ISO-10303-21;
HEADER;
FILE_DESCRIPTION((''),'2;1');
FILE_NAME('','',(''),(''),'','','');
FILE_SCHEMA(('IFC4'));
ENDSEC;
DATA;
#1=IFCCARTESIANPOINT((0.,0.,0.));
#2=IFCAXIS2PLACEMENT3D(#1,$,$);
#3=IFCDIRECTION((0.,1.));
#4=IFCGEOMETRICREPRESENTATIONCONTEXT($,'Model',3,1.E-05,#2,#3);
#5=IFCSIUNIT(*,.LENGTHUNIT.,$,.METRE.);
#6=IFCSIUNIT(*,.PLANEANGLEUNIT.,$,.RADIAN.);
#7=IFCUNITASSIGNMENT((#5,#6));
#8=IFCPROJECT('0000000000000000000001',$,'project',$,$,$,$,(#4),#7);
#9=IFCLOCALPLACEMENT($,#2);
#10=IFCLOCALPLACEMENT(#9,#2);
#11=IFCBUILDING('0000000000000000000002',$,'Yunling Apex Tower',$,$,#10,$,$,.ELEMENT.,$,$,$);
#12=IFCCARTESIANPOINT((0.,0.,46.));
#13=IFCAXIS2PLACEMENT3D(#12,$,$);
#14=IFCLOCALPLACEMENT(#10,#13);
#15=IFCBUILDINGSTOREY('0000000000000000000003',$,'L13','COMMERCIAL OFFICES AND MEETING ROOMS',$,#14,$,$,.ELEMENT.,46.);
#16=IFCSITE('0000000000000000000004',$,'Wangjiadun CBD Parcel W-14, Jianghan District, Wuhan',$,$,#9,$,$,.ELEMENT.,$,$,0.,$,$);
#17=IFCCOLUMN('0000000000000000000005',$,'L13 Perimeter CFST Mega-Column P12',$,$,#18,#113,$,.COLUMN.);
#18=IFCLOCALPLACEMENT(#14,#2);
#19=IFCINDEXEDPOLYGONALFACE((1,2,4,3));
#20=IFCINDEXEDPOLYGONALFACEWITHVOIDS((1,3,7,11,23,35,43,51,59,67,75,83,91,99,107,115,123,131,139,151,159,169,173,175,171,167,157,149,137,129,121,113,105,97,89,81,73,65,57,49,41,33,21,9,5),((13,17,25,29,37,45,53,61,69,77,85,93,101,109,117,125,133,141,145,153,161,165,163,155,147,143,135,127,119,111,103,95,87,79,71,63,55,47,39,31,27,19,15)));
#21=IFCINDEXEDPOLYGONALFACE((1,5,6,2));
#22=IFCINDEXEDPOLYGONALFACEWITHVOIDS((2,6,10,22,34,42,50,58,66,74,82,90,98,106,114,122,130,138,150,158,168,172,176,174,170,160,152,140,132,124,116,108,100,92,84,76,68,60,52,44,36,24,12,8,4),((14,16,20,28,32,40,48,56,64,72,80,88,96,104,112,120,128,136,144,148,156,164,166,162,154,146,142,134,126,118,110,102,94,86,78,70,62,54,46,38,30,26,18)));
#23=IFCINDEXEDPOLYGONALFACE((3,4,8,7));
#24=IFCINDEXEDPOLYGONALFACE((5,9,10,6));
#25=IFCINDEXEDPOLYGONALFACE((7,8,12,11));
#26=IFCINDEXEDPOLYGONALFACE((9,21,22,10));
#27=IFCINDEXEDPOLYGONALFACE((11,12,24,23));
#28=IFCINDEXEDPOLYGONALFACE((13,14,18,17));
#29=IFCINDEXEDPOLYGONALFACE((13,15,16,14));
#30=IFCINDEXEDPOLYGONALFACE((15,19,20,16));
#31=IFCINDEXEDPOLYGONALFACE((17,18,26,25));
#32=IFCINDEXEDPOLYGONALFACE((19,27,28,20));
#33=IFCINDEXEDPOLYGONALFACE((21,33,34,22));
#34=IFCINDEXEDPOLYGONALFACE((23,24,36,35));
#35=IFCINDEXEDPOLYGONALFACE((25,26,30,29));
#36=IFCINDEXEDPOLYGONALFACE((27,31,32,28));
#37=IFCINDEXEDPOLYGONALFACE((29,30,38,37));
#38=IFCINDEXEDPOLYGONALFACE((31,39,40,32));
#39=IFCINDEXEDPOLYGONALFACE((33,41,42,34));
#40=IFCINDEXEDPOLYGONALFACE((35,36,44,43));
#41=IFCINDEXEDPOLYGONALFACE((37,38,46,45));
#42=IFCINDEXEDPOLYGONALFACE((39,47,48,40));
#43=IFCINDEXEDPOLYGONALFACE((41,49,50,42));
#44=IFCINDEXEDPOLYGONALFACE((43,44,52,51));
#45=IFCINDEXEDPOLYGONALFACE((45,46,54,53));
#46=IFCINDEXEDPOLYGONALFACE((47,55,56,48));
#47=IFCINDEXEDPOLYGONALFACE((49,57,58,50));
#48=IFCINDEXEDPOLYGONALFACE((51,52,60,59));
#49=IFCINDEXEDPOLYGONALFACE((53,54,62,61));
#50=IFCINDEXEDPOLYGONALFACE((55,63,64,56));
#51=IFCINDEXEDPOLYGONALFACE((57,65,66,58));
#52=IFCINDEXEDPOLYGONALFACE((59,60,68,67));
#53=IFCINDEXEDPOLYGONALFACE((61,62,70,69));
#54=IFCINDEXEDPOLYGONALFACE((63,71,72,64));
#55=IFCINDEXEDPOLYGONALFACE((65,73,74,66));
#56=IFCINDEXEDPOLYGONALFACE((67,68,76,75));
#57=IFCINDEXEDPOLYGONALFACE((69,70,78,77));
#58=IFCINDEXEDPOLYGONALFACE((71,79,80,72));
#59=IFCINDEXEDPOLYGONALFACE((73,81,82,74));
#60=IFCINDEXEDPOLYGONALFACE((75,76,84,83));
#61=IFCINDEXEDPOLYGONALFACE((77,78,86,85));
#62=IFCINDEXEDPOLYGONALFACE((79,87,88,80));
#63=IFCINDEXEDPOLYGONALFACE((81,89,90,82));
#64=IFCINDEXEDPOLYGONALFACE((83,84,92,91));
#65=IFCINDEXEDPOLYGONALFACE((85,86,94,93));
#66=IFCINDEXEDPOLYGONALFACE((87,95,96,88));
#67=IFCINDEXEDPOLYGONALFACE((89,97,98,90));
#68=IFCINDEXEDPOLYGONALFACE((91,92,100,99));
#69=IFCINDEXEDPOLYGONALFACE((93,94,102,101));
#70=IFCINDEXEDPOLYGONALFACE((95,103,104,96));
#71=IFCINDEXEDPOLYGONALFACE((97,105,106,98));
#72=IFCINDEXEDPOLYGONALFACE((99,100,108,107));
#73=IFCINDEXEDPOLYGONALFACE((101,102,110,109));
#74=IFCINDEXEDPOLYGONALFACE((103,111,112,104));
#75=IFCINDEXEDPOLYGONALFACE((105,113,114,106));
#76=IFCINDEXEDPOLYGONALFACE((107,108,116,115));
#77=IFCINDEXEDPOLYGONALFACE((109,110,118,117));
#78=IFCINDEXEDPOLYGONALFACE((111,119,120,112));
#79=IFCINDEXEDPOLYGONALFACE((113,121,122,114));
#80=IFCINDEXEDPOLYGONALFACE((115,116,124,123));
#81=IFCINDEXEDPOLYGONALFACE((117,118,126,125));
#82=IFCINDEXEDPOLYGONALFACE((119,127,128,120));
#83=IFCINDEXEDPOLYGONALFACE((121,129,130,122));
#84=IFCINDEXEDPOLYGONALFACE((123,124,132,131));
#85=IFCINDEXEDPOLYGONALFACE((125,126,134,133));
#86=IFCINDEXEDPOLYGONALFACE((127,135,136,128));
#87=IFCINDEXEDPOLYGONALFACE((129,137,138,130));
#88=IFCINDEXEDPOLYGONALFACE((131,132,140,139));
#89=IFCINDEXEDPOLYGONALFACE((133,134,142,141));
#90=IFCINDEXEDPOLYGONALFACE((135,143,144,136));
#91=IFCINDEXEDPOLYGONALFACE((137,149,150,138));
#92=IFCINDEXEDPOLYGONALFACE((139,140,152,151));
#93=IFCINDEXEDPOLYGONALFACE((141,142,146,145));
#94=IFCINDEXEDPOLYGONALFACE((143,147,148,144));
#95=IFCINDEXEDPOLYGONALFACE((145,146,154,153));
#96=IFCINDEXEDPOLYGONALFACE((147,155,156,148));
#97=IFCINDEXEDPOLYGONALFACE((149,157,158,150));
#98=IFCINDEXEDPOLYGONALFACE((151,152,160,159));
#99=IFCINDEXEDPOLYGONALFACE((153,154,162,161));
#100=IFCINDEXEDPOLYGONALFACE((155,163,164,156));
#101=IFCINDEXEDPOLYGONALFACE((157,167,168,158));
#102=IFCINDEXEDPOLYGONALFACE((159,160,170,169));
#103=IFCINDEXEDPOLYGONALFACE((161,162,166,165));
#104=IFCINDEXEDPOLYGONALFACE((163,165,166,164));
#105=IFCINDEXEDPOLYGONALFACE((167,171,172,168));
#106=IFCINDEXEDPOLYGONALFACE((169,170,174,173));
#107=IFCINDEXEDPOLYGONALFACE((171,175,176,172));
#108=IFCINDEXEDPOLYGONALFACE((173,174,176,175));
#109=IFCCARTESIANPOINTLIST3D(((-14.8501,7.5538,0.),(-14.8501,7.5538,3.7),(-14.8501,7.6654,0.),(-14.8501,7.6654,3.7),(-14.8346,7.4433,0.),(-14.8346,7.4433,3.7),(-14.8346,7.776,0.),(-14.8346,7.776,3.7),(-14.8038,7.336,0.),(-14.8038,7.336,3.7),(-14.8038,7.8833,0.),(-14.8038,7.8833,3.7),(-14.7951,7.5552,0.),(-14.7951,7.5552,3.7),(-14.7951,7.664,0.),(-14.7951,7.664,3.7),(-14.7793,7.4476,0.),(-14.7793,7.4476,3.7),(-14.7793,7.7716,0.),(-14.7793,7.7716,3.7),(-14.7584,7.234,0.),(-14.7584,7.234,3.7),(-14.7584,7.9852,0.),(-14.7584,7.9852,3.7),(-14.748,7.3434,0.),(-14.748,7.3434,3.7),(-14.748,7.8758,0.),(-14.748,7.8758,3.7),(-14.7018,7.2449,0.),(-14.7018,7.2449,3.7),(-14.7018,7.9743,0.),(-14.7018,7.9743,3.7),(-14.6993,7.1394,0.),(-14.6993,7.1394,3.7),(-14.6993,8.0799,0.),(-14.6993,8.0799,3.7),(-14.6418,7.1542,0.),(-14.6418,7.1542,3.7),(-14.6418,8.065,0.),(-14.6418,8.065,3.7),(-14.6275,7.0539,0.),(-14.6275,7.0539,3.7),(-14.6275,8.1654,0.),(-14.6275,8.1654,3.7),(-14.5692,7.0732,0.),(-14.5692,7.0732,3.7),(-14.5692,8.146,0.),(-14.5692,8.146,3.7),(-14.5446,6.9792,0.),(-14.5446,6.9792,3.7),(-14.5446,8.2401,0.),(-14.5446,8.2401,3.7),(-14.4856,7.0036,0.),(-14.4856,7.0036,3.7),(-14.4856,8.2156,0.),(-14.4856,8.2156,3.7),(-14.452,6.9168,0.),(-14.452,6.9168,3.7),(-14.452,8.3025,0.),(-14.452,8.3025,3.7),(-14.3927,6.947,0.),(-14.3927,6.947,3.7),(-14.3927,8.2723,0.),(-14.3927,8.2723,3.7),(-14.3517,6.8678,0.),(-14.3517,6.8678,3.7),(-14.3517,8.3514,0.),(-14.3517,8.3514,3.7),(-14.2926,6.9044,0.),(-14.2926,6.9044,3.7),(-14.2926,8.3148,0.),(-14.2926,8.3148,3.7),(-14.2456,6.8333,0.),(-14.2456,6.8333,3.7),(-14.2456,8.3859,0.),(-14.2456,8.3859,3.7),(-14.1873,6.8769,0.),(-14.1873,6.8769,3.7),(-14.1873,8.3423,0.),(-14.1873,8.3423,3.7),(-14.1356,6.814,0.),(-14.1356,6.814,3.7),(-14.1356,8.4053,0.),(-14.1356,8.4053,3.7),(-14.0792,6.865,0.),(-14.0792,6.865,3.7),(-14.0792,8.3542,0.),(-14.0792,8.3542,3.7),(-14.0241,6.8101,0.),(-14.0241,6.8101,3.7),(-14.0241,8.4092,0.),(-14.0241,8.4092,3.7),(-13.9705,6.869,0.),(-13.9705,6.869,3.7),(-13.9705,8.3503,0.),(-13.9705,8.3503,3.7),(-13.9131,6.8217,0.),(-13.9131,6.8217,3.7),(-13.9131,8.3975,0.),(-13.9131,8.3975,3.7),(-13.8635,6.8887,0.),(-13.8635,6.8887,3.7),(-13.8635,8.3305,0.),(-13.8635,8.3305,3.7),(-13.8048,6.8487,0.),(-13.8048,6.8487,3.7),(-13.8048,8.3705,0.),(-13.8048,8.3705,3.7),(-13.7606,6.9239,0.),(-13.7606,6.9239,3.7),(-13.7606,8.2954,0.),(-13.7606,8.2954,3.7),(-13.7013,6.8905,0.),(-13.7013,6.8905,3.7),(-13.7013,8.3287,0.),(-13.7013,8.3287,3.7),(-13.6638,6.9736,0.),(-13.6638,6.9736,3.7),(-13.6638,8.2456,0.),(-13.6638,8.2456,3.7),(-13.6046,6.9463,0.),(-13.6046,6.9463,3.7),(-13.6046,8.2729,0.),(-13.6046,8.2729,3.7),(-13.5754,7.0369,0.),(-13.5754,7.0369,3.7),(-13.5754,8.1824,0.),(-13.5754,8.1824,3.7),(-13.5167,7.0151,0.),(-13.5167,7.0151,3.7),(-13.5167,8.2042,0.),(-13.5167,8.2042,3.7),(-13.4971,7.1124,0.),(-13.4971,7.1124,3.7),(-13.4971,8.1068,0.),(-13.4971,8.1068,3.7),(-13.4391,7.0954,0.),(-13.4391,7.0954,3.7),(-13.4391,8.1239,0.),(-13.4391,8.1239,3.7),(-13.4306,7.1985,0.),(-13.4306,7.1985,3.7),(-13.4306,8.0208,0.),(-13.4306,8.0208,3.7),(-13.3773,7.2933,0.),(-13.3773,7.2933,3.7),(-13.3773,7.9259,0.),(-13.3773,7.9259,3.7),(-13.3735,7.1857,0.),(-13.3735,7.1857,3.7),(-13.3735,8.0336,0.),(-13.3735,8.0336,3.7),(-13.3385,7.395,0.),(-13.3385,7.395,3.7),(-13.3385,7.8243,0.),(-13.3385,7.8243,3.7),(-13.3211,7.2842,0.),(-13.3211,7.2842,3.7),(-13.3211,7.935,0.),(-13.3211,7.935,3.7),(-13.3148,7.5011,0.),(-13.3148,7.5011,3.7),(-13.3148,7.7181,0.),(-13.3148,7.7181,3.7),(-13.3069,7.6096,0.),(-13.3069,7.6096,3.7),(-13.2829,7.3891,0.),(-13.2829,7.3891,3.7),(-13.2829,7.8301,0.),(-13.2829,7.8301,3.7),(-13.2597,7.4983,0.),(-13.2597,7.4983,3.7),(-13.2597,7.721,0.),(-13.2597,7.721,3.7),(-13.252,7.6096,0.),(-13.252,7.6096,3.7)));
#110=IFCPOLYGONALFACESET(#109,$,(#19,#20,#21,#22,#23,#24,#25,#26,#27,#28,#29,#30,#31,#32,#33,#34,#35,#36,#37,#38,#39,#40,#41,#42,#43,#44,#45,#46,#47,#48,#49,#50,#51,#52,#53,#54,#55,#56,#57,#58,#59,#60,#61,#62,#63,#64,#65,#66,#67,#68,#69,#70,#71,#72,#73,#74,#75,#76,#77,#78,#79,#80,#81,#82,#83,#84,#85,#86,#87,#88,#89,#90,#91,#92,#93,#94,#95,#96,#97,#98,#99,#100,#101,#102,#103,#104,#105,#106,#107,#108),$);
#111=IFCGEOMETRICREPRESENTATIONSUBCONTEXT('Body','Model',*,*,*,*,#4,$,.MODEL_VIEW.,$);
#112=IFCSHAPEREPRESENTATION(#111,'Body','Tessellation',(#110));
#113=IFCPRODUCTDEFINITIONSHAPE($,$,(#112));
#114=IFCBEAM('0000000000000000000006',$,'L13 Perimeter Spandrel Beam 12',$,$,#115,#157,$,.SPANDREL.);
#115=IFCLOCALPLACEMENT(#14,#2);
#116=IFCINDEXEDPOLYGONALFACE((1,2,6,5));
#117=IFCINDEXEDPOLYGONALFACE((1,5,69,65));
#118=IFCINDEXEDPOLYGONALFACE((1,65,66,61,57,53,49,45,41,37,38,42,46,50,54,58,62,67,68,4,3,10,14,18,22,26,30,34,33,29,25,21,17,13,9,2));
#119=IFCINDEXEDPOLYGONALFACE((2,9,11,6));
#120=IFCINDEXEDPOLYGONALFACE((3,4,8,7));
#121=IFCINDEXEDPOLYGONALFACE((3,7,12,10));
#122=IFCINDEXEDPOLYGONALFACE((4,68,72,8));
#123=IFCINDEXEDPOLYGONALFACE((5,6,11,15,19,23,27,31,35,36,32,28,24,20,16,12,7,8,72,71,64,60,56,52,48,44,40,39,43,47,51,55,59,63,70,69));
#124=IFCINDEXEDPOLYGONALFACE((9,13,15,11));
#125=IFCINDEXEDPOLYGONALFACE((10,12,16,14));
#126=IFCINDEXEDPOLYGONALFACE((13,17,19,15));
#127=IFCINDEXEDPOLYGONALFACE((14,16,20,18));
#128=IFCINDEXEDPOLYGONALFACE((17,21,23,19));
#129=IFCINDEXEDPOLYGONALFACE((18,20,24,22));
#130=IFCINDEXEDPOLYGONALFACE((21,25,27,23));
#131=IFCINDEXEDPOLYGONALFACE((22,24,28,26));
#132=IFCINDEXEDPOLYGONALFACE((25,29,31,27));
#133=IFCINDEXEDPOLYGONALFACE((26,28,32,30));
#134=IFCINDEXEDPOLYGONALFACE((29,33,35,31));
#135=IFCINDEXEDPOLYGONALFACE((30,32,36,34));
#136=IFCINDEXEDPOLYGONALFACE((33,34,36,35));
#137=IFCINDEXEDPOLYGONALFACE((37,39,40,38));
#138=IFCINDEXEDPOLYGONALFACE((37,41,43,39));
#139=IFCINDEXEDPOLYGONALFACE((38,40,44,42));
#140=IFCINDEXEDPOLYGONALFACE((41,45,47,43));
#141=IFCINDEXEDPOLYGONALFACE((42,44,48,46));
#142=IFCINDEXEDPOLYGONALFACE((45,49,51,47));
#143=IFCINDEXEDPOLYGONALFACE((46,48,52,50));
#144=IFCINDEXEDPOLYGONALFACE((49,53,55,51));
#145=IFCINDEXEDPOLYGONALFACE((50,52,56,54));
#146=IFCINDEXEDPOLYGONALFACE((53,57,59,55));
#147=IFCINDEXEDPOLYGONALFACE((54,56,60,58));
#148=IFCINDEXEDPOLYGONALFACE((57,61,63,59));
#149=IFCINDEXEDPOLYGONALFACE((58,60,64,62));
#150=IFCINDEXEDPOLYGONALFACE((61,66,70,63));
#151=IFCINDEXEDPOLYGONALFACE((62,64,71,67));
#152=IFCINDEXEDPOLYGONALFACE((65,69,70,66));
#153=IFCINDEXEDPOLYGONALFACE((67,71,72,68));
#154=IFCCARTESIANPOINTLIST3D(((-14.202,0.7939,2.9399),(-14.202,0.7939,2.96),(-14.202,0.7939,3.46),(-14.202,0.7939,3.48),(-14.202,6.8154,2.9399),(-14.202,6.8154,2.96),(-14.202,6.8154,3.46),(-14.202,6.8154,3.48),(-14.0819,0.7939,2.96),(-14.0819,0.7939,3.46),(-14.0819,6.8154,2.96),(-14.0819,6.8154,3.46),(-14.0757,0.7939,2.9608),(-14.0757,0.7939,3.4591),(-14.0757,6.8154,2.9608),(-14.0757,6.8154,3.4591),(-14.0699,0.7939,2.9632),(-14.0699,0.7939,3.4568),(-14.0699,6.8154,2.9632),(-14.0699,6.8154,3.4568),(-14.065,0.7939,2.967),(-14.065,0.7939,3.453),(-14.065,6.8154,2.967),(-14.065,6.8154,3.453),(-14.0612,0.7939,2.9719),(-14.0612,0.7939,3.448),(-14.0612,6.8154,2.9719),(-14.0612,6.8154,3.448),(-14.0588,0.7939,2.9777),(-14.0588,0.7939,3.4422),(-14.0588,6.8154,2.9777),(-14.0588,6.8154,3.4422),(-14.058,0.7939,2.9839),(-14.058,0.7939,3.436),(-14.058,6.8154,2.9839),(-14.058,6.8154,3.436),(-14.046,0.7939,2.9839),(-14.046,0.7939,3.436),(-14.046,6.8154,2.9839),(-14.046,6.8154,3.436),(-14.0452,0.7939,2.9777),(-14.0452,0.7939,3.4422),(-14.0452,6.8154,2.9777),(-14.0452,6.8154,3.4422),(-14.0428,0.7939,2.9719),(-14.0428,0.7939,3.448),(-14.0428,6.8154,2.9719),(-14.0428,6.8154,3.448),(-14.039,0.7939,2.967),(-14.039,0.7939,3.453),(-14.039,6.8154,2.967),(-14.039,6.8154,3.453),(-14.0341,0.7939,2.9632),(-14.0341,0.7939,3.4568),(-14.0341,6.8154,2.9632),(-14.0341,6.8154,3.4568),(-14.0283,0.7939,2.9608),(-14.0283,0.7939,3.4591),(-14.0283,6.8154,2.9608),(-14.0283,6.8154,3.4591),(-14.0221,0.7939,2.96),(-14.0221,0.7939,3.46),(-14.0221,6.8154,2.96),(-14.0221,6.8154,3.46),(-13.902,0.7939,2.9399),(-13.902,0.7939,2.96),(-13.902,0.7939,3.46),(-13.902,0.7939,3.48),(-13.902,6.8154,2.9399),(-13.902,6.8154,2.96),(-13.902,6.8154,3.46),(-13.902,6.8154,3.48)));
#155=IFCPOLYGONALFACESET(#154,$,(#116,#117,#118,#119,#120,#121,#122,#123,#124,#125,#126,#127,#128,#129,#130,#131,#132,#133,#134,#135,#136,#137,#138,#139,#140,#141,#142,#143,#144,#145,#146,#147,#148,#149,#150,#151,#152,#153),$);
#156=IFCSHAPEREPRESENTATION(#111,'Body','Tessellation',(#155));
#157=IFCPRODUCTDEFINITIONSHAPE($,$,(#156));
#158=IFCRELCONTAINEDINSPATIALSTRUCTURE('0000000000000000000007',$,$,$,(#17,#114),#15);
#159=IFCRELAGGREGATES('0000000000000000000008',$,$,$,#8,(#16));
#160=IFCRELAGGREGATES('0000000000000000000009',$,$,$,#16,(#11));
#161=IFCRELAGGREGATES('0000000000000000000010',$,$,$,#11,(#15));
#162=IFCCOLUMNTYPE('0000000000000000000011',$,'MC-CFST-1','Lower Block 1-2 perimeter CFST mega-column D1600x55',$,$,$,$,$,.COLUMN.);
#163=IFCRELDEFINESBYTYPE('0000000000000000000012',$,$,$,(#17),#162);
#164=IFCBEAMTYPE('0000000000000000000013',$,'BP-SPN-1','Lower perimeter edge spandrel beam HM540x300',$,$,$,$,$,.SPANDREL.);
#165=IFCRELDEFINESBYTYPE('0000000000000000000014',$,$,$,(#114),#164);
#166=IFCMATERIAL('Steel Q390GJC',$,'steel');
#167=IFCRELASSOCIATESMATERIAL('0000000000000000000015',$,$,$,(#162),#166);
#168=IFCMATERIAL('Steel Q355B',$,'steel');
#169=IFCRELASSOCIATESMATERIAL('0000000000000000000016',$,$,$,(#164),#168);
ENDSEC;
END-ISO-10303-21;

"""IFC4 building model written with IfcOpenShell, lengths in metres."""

from ifc_helpers import new_model, si_unit, direction, frame, origin, origin_2d, place, context, subcontext, project, spatial, hollow_circle, i_section, extrude, source, transform, mapped, material, material_profile, profile_set, type_object, element, save


model = new_model("IFC4")

# Units and contexts
model_context = context("Model", 3, precision=1e-05, world=origin(), true_north=direction((0.0, 1.0)))
body_context = subcontext(model_context, "Body", "Model", "MODEL_VIEW")
ifc_project = project(units=[si_unit("LENGTHUNIT", "METRE"), si_unit("PLANEANGLEUNIT", "RADIAN")], contexts=[model_context])

# Site, building, storey
site_placement = place(None, origin())
site = spatial("IfcSite", under=ifc_project, at=site_placement, Name="Wangjiadun CBD Parcel W-14, Jianghan District, Wuhan", CompositionType="ELEMENT", RefElevation=0.0)
building_placement = place(site_placement, origin())
building = spatial("IfcBuilding", under=site, at=building_placement, Name="Yunling Apex Tower", CompositionType="ELEMENT")
storey_placement = place(building_placement, frame((0.0, 0.0, 46.0)))
storey = spatial("IfcBuildingStorey", under=building, at=storey_placement, Name="L13", Description="COMMERCIAL OFFICES AND MEETING ROOMS", CompositionType="ELEMENT", Elevation=46.0)

# Column
ifc_material_1 = material(Name="Steel Q390GJC", Category="steel")
ifc_material_profile_1 = material_profile(ifc_material_1, hollow_circle(Radius=0.8, WallThickness=0.0549, at=origin_2d()))
ifc_profile_set_1 = profile_set([ifc_material_profile_1], Name="Steel Q390GJC")
column_type = type_object("IfcColumnType", Name="MC-CFST-1", Description="Lower Block 1-2 perimeter CFST mega-column D1600x55", PredefinedType="COLUMN", material=ifc_profile_set_1)
shared_shape_1 = source(origin(), body_context, "Body", "SweptSolid", [
    extrude(hollow_circle(Radius=0.8, WallThickness=0.0549, at=origin_2d()), origin(), (0.0, 0.0, 1.0), 3.7),
])
column_placement = place(storey_placement, frame((-14.052, 7.6096, 0.0), z_axis=(0.0, 0.0, 1.0), x_axis=(1.0, 0.0, 0.0)))
element("IfcColumn", 1, at=column_placement, inside=storey, type_object=column_type, Name="L13 Perimeter CFST Mega-Column P12", PredefinedType="COLUMN", context=body_context, shape_type="MappedRepresentation", body=[
    mapped(shared_shape_1, transform((0.0, 0.0, 0.0), scale=1.0)),
])

# Beam
ifc_material_2 = material(Name="Steel Q355B", Category="steel")
ifc_material_profile_2 = material_profile(ifc_material_2, i_section(OverallWidth=0.3, OverallDepth=0.54, WebThickness=0.012, FlangeThickness=0.02, FilletRadius=0.0239, at=origin_2d()))
ifc_profile_set_2 = profile_set([ifc_material_profile_2], Name="Steel Q355B")
beam_type_1 = type_object("IfcBeamType", Name="BP-SPN-1", Description="Lower perimeter edge spandrel beam HM540x300", PredefinedType="SPANDREL", material=ifc_profile_set_2)
shared_shape_2 = source(origin(), body_context, "Body", "SweptSolid", [
    extrude(i_section(OverallWidth=0.3, OverallDepth=0.54, WebThickness=0.012, FlangeThickness=0.02, FilletRadius=0.0239, at=origin_2d()), origin(), (0.0, 0.0, 1.0), 6.0215),
])
beam_1_placement = place(storey_placement, frame((-14.052, 6.8154, 3.21), z_axis=(0.0, -1.0, 0.0), x_axis=(1.0, 0.0, 0.0)))
element("IfcBeam", 2, at=beam_1_placement, inside=storey, type_object=beam_type_1, Name="L13 Perimeter Spandrel Beam 12", PredefinedType="SPANDREL", context=body_context, shape_type="MappedRepresentation", body=[
    mapped(shared_shape_2, transform((0.0, 0.0, 0.0), scale=1.0)),
])

save(model, "model.ifc")
